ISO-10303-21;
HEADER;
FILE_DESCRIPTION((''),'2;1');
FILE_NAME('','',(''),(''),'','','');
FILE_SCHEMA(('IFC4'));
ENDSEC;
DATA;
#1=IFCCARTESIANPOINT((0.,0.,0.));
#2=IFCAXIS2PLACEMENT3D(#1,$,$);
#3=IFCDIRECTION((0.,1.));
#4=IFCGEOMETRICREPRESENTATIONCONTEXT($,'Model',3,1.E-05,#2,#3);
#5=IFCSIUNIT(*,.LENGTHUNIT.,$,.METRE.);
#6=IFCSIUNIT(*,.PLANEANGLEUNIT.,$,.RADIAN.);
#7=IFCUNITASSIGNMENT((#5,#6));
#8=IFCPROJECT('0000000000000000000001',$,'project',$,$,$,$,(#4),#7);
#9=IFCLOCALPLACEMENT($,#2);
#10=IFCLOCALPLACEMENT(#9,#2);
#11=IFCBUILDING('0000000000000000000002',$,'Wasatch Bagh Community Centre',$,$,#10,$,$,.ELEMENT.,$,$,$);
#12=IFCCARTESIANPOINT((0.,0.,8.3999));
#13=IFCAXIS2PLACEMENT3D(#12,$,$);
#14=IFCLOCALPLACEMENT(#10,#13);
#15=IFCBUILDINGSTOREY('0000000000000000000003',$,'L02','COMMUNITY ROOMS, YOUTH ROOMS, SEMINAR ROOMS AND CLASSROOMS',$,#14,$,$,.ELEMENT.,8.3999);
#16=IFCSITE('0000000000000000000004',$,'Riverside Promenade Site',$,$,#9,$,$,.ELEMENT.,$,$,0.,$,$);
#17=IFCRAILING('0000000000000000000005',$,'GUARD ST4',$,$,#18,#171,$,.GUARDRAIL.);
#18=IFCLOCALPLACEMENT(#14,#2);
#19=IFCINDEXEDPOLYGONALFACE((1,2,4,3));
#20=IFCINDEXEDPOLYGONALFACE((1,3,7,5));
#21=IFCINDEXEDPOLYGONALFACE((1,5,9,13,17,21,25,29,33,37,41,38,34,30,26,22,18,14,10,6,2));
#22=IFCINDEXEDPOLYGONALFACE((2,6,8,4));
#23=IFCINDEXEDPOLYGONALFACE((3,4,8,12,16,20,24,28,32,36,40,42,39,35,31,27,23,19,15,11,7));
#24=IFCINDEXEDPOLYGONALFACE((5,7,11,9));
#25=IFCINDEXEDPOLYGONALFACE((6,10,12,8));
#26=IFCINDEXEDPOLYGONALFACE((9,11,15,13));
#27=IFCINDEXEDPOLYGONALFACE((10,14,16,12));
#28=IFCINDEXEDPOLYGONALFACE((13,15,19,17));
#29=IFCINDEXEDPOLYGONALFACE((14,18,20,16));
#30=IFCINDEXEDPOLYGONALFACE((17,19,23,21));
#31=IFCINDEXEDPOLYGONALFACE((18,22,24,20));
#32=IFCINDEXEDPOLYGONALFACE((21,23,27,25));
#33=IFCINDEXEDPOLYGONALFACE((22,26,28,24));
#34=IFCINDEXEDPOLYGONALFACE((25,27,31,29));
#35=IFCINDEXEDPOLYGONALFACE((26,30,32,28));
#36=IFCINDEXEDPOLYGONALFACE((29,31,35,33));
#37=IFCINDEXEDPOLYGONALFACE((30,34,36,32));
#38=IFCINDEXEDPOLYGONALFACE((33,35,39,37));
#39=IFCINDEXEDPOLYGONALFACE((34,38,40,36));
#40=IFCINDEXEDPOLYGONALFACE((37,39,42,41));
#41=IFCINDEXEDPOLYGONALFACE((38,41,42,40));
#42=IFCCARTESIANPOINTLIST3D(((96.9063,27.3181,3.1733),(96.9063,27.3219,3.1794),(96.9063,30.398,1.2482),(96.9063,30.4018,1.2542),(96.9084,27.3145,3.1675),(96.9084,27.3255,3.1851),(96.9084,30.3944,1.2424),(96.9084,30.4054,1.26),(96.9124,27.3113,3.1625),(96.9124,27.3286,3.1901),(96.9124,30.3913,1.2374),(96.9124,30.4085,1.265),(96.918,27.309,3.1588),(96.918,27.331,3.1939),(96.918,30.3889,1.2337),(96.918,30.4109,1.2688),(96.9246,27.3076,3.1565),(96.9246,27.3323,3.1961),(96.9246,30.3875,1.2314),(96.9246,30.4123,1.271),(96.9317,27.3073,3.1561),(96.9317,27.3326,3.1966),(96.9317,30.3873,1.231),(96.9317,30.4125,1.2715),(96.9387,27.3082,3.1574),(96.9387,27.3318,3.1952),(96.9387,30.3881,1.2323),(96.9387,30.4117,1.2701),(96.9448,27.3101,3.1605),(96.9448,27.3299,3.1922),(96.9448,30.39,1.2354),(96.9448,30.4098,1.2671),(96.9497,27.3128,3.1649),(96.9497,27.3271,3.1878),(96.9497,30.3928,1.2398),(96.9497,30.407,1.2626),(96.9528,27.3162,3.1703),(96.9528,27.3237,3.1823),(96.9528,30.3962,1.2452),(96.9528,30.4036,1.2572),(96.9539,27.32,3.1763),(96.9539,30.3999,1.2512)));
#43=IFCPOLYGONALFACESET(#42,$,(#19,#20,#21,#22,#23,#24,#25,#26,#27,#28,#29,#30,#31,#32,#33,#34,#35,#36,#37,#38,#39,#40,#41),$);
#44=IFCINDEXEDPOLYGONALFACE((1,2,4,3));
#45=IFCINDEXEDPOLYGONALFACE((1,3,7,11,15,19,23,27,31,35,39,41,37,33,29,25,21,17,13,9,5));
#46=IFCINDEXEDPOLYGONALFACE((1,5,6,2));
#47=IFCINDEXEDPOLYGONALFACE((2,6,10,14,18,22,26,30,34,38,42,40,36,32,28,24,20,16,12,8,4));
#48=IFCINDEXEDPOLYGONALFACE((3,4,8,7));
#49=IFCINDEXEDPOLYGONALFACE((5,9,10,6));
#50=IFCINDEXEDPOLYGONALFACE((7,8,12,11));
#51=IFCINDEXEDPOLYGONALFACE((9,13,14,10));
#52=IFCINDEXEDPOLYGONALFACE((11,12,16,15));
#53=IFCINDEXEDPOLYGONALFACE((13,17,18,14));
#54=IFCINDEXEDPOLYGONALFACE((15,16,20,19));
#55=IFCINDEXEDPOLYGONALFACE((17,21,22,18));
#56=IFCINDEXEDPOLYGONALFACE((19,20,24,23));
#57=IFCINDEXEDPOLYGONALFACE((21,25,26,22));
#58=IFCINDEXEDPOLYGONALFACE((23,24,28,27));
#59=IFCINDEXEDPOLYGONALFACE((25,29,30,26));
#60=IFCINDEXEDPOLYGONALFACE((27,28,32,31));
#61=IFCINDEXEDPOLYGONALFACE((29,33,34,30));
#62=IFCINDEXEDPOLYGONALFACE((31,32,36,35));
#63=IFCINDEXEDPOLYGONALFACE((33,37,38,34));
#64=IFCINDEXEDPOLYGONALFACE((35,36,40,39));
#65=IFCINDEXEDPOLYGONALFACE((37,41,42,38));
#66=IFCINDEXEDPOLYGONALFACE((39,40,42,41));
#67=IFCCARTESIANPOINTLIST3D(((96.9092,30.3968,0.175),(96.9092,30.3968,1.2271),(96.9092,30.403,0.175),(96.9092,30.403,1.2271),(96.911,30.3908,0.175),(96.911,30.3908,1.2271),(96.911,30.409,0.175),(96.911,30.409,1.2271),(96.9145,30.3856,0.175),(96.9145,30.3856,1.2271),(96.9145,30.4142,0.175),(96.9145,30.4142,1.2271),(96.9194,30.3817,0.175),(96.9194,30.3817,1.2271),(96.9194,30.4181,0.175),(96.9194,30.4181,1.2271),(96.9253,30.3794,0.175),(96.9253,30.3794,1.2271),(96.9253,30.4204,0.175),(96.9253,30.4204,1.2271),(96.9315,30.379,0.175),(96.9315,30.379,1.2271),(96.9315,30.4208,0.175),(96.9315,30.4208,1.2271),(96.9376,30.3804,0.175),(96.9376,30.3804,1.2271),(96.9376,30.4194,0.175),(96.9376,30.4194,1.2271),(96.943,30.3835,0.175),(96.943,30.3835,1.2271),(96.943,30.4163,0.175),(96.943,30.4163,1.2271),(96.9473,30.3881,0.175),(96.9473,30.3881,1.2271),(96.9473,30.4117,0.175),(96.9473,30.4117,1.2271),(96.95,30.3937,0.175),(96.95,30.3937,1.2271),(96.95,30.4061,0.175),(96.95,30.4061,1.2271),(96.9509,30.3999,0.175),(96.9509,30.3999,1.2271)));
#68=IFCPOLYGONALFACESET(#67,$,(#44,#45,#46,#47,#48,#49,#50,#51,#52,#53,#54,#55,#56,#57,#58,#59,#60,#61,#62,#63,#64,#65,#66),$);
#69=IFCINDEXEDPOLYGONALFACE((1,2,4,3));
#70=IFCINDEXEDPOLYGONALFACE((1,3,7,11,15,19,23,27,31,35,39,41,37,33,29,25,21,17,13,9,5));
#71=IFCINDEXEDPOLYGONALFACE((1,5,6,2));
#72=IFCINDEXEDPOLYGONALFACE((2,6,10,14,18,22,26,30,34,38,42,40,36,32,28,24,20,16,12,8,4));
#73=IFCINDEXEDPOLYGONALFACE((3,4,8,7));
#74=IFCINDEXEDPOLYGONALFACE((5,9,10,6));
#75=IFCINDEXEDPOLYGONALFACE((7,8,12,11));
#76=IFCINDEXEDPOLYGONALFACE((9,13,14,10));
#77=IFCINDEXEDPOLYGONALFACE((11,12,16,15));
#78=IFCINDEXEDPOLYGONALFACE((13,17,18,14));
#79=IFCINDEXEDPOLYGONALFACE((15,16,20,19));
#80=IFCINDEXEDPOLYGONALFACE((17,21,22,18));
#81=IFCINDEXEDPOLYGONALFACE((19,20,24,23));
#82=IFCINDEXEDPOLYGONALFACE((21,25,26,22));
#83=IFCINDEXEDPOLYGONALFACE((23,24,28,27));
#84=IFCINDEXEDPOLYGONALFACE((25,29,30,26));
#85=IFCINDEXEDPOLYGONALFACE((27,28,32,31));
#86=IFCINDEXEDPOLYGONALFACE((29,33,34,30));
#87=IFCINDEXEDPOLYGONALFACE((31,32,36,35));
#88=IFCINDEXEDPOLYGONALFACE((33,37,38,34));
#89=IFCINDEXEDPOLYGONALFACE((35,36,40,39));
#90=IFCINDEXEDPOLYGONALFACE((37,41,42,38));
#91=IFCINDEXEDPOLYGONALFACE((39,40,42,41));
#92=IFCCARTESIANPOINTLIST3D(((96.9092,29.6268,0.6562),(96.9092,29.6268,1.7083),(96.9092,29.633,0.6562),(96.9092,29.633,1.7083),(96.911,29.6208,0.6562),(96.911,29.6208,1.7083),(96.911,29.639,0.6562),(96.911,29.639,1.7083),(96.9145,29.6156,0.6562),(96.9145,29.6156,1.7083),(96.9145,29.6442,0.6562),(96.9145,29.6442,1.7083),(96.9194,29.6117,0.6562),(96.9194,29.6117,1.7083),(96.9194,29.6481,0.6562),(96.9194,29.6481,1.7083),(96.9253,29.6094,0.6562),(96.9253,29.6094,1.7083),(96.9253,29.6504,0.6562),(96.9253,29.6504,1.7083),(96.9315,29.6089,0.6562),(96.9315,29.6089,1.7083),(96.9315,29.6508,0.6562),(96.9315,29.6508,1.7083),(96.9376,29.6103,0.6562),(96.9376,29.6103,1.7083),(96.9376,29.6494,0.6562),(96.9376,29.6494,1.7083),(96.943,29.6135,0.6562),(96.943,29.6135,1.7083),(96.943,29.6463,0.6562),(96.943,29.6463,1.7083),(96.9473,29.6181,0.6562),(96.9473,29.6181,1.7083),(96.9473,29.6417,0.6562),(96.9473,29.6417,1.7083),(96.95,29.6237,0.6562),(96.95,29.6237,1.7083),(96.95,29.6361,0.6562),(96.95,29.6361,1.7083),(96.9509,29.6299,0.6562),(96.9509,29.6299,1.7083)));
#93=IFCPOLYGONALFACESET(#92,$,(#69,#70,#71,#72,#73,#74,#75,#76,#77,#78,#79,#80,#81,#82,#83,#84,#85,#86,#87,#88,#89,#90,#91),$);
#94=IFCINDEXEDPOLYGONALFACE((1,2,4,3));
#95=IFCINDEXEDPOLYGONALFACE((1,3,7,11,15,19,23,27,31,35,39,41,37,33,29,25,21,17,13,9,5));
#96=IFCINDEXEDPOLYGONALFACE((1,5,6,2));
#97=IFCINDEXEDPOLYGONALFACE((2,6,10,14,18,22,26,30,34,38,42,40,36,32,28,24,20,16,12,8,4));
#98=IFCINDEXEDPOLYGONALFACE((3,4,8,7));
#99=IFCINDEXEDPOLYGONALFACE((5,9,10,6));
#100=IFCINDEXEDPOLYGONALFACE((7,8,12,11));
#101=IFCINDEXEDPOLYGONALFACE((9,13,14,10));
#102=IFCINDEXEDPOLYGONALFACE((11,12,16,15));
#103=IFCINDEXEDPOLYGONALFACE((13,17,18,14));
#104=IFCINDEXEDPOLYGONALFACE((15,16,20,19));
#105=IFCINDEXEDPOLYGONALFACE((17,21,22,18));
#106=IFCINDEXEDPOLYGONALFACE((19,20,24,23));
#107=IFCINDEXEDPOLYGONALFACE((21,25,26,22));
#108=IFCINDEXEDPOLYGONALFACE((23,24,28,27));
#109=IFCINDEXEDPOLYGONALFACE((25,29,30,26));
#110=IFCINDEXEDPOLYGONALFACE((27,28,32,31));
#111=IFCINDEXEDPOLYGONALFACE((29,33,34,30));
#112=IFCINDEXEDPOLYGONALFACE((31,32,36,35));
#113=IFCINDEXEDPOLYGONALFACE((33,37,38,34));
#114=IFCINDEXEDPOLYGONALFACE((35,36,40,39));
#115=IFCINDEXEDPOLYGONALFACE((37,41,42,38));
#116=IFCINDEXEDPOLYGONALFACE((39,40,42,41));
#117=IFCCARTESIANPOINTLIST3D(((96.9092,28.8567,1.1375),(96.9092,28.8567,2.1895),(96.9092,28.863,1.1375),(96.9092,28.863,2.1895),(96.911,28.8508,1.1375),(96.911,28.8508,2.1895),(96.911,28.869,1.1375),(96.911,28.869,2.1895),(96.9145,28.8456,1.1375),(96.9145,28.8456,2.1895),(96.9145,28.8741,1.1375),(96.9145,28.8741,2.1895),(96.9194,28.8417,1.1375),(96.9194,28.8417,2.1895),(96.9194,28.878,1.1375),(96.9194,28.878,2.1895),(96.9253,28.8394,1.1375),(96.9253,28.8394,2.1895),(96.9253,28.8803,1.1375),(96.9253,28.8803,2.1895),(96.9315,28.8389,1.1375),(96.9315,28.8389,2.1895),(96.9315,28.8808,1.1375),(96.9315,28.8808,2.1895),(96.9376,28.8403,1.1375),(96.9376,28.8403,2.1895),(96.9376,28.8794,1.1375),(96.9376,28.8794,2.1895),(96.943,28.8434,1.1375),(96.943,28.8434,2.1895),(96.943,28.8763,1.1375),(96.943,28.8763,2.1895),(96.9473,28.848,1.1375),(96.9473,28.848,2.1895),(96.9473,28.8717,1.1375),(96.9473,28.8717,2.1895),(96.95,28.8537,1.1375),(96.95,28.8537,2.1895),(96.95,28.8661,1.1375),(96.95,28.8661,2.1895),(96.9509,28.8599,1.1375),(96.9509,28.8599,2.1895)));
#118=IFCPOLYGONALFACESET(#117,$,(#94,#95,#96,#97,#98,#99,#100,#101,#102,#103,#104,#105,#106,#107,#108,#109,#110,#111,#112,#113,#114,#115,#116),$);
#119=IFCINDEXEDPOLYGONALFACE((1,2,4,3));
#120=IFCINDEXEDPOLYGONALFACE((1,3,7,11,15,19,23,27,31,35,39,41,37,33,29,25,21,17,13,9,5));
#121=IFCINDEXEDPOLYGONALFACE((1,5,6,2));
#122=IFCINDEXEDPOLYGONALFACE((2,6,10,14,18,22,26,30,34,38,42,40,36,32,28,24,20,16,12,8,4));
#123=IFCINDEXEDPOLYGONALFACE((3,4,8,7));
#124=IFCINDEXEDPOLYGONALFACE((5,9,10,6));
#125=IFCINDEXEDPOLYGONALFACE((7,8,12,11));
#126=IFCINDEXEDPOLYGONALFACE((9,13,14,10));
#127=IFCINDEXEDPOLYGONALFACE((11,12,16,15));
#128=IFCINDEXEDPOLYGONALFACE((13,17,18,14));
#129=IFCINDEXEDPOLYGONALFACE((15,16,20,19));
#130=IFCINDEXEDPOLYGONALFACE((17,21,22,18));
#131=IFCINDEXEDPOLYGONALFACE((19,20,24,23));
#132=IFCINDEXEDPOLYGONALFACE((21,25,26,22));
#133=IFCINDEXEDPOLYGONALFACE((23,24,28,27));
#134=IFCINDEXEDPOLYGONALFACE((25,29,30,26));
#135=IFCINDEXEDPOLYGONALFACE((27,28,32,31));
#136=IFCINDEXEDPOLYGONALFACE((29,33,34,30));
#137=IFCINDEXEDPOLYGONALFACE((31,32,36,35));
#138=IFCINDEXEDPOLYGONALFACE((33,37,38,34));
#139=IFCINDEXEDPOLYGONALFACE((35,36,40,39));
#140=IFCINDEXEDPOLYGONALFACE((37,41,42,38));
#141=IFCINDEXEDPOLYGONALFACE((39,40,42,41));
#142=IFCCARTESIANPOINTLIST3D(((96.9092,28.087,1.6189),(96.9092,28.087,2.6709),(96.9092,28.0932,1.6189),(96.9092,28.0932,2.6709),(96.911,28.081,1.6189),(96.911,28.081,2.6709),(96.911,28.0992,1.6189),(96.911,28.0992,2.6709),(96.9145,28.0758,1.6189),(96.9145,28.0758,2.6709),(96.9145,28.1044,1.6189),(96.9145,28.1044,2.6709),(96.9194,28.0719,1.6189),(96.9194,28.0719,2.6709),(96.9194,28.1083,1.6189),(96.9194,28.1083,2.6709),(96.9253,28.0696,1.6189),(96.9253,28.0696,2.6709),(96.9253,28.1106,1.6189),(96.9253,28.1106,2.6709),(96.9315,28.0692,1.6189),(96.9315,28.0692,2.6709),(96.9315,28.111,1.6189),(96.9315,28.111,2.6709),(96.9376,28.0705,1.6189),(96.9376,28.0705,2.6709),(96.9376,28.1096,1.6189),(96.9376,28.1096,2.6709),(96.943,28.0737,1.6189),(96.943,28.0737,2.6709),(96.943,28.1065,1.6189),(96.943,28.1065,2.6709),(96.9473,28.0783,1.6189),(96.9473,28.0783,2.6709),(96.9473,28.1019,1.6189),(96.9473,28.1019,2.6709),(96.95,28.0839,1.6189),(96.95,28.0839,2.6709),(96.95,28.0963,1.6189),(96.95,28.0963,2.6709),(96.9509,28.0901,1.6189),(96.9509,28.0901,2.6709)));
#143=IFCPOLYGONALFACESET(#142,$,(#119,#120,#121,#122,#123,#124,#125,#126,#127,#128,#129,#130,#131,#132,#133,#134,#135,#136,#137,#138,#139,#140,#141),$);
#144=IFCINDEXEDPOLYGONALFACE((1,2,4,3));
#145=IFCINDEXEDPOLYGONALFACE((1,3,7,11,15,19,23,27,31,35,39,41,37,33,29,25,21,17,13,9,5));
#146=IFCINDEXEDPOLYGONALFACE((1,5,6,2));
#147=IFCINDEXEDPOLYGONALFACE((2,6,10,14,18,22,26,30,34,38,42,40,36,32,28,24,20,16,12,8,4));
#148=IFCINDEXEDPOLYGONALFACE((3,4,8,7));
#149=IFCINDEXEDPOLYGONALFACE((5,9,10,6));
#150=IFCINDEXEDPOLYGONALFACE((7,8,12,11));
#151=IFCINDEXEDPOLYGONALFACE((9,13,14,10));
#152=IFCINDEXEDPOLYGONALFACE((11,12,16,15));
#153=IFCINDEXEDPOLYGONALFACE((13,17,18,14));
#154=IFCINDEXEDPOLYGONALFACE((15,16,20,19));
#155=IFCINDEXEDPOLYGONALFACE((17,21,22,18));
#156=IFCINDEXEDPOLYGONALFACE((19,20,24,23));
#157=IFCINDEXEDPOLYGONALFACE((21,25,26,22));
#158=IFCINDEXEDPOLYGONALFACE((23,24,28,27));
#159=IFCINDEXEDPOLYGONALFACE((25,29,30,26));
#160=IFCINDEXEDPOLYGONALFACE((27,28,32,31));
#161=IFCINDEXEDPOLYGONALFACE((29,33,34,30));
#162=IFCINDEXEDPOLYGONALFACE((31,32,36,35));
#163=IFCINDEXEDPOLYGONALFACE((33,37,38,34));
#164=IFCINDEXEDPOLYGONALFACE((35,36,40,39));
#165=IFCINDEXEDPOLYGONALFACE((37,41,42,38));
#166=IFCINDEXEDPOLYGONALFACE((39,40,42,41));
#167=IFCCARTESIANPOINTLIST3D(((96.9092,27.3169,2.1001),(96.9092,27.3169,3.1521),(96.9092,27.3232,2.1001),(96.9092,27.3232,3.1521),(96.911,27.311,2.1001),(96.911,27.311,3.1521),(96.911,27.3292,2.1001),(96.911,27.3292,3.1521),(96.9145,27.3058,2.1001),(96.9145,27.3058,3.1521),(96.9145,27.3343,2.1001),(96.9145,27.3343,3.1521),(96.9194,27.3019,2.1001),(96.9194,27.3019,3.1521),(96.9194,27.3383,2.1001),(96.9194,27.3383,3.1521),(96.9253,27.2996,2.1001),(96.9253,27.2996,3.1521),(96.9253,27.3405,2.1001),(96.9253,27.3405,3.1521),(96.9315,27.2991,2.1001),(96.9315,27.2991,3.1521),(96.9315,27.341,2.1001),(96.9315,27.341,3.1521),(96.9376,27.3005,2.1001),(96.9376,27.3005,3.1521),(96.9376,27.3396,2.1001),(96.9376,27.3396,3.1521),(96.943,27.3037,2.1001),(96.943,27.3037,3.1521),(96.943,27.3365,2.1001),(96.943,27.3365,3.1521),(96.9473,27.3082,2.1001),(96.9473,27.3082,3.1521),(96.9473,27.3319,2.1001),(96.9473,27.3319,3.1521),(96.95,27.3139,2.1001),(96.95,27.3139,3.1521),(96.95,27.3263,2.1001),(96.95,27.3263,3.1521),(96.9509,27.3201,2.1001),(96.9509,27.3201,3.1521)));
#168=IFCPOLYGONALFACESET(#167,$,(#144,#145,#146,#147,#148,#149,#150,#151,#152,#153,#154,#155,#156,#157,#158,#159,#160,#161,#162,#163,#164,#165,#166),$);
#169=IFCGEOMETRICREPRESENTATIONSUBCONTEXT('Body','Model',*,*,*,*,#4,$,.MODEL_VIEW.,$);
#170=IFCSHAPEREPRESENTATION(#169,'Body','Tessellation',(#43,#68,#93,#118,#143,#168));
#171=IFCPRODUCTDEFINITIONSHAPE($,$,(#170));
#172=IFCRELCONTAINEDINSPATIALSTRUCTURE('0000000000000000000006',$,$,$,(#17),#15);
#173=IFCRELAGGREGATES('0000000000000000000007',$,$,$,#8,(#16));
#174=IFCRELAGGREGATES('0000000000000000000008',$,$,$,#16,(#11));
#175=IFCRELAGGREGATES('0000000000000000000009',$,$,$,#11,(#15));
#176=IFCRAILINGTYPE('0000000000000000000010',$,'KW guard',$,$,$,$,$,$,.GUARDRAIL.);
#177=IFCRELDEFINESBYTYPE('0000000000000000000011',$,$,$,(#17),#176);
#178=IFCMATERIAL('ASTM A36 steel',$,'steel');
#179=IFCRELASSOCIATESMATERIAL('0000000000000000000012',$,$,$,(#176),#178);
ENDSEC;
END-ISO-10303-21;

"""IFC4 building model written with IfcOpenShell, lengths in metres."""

from ifc_helpers import new_model, si_unit, direction, frame, origin, origin_2d, place, context, subcontext, project, spatial, circle, extrude, material, type_object, element, save


model = new_model("IFC4")

# Units and contexts
model_context = context("Model", 3, precision=1e-05, world=origin(), true_north=direction((0.0, 1.0)))
body_context = subcontext(model_context, "Body", "Model", "MODEL_VIEW")
ifc_project = project(units=[si_unit("LENGTHUNIT", "METRE"), si_unit("PLANEANGLEUNIT", "RADIAN")], contexts=[model_context])

# Site, building, storey
site_placement = place(None, origin())
site = spatial("IfcSite", under=ifc_project, at=site_placement, Name="Riverside Promenade Site", CompositionType="ELEMENT", RefElevation=0.0)
building_placement = place(site_placement, origin())
building = spatial("IfcBuilding", under=site, at=building_placement, Name="Wasatch Bagh Community Centre", CompositionType="ELEMENT")
storey_placement = place(building_placement, frame((0.0, 0.0, 8.3999)))
storey = spatial("IfcBuildingStorey", under=building, at=storey_placement, Name="L02", Description="COMMUNITY ROOMS, YOUTH ROOMS, SEMINAR ROOMS AND CLASSROOMS", CompositionType="ELEMENT", Elevation=8.3999)

# Railing
ifc_material_1 = material(Name="ASTM A36 steel", Category="steel")
railing_type_1 = type_object("IfcRailingType", Name="KW guard", PredefinedType="GUARDRAIL", material=ifc_material_1)
for number, where, name in (
    (1, (96.9299, 30.3999, 0.175), "GUARD ST4"),
):
    element("IfcRailing", number, at=place(storey_placement, frame(where)), inside=storey, type_object=railing_type_1, Name=name, PredefinedType="GUARDRAIL", context=body_context, shape_type="SweptSolid", body=[
        extrude(circle(Radius=0.0239, at=origin_2d()), frame((0.0, 0.0, 1.0762), z_axis=(0.0, -0.847979, 0.530029), x_axis=(1.0, 0.0, 0.0)), (0.0, 0.0, 1.0), 3.6321),
        extrude(circle(Radius=0.021, at=origin_2d()), origin(), (0.0, 0.0, 1.0), 1.052),
        extrude(circle(Radius=0.021, at=origin_2d()), frame((0.0, -0.77, 0.4812)), (0.0, 0.0, 1.0), 1.052),
        extrude(circle(Radius=0.021, at=origin_2d()), frame((0.0, -1.54, 0.9624)), (0.0, 0.0, 1.0), 1.052),
        extrude(circle(Radius=0.021, at=origin_2d()), frame((0.0, -2.3098, 1.4438)), (0.0, 0.0, 1.0), 1.052),
        extrude(circle(Radius=0.021, at=origin_2d()), frame((0.0, -3.0798, 1.925)), (0.0, 0.0, 1.0), 1.052),
    ])

save(model, "model.ifc")
